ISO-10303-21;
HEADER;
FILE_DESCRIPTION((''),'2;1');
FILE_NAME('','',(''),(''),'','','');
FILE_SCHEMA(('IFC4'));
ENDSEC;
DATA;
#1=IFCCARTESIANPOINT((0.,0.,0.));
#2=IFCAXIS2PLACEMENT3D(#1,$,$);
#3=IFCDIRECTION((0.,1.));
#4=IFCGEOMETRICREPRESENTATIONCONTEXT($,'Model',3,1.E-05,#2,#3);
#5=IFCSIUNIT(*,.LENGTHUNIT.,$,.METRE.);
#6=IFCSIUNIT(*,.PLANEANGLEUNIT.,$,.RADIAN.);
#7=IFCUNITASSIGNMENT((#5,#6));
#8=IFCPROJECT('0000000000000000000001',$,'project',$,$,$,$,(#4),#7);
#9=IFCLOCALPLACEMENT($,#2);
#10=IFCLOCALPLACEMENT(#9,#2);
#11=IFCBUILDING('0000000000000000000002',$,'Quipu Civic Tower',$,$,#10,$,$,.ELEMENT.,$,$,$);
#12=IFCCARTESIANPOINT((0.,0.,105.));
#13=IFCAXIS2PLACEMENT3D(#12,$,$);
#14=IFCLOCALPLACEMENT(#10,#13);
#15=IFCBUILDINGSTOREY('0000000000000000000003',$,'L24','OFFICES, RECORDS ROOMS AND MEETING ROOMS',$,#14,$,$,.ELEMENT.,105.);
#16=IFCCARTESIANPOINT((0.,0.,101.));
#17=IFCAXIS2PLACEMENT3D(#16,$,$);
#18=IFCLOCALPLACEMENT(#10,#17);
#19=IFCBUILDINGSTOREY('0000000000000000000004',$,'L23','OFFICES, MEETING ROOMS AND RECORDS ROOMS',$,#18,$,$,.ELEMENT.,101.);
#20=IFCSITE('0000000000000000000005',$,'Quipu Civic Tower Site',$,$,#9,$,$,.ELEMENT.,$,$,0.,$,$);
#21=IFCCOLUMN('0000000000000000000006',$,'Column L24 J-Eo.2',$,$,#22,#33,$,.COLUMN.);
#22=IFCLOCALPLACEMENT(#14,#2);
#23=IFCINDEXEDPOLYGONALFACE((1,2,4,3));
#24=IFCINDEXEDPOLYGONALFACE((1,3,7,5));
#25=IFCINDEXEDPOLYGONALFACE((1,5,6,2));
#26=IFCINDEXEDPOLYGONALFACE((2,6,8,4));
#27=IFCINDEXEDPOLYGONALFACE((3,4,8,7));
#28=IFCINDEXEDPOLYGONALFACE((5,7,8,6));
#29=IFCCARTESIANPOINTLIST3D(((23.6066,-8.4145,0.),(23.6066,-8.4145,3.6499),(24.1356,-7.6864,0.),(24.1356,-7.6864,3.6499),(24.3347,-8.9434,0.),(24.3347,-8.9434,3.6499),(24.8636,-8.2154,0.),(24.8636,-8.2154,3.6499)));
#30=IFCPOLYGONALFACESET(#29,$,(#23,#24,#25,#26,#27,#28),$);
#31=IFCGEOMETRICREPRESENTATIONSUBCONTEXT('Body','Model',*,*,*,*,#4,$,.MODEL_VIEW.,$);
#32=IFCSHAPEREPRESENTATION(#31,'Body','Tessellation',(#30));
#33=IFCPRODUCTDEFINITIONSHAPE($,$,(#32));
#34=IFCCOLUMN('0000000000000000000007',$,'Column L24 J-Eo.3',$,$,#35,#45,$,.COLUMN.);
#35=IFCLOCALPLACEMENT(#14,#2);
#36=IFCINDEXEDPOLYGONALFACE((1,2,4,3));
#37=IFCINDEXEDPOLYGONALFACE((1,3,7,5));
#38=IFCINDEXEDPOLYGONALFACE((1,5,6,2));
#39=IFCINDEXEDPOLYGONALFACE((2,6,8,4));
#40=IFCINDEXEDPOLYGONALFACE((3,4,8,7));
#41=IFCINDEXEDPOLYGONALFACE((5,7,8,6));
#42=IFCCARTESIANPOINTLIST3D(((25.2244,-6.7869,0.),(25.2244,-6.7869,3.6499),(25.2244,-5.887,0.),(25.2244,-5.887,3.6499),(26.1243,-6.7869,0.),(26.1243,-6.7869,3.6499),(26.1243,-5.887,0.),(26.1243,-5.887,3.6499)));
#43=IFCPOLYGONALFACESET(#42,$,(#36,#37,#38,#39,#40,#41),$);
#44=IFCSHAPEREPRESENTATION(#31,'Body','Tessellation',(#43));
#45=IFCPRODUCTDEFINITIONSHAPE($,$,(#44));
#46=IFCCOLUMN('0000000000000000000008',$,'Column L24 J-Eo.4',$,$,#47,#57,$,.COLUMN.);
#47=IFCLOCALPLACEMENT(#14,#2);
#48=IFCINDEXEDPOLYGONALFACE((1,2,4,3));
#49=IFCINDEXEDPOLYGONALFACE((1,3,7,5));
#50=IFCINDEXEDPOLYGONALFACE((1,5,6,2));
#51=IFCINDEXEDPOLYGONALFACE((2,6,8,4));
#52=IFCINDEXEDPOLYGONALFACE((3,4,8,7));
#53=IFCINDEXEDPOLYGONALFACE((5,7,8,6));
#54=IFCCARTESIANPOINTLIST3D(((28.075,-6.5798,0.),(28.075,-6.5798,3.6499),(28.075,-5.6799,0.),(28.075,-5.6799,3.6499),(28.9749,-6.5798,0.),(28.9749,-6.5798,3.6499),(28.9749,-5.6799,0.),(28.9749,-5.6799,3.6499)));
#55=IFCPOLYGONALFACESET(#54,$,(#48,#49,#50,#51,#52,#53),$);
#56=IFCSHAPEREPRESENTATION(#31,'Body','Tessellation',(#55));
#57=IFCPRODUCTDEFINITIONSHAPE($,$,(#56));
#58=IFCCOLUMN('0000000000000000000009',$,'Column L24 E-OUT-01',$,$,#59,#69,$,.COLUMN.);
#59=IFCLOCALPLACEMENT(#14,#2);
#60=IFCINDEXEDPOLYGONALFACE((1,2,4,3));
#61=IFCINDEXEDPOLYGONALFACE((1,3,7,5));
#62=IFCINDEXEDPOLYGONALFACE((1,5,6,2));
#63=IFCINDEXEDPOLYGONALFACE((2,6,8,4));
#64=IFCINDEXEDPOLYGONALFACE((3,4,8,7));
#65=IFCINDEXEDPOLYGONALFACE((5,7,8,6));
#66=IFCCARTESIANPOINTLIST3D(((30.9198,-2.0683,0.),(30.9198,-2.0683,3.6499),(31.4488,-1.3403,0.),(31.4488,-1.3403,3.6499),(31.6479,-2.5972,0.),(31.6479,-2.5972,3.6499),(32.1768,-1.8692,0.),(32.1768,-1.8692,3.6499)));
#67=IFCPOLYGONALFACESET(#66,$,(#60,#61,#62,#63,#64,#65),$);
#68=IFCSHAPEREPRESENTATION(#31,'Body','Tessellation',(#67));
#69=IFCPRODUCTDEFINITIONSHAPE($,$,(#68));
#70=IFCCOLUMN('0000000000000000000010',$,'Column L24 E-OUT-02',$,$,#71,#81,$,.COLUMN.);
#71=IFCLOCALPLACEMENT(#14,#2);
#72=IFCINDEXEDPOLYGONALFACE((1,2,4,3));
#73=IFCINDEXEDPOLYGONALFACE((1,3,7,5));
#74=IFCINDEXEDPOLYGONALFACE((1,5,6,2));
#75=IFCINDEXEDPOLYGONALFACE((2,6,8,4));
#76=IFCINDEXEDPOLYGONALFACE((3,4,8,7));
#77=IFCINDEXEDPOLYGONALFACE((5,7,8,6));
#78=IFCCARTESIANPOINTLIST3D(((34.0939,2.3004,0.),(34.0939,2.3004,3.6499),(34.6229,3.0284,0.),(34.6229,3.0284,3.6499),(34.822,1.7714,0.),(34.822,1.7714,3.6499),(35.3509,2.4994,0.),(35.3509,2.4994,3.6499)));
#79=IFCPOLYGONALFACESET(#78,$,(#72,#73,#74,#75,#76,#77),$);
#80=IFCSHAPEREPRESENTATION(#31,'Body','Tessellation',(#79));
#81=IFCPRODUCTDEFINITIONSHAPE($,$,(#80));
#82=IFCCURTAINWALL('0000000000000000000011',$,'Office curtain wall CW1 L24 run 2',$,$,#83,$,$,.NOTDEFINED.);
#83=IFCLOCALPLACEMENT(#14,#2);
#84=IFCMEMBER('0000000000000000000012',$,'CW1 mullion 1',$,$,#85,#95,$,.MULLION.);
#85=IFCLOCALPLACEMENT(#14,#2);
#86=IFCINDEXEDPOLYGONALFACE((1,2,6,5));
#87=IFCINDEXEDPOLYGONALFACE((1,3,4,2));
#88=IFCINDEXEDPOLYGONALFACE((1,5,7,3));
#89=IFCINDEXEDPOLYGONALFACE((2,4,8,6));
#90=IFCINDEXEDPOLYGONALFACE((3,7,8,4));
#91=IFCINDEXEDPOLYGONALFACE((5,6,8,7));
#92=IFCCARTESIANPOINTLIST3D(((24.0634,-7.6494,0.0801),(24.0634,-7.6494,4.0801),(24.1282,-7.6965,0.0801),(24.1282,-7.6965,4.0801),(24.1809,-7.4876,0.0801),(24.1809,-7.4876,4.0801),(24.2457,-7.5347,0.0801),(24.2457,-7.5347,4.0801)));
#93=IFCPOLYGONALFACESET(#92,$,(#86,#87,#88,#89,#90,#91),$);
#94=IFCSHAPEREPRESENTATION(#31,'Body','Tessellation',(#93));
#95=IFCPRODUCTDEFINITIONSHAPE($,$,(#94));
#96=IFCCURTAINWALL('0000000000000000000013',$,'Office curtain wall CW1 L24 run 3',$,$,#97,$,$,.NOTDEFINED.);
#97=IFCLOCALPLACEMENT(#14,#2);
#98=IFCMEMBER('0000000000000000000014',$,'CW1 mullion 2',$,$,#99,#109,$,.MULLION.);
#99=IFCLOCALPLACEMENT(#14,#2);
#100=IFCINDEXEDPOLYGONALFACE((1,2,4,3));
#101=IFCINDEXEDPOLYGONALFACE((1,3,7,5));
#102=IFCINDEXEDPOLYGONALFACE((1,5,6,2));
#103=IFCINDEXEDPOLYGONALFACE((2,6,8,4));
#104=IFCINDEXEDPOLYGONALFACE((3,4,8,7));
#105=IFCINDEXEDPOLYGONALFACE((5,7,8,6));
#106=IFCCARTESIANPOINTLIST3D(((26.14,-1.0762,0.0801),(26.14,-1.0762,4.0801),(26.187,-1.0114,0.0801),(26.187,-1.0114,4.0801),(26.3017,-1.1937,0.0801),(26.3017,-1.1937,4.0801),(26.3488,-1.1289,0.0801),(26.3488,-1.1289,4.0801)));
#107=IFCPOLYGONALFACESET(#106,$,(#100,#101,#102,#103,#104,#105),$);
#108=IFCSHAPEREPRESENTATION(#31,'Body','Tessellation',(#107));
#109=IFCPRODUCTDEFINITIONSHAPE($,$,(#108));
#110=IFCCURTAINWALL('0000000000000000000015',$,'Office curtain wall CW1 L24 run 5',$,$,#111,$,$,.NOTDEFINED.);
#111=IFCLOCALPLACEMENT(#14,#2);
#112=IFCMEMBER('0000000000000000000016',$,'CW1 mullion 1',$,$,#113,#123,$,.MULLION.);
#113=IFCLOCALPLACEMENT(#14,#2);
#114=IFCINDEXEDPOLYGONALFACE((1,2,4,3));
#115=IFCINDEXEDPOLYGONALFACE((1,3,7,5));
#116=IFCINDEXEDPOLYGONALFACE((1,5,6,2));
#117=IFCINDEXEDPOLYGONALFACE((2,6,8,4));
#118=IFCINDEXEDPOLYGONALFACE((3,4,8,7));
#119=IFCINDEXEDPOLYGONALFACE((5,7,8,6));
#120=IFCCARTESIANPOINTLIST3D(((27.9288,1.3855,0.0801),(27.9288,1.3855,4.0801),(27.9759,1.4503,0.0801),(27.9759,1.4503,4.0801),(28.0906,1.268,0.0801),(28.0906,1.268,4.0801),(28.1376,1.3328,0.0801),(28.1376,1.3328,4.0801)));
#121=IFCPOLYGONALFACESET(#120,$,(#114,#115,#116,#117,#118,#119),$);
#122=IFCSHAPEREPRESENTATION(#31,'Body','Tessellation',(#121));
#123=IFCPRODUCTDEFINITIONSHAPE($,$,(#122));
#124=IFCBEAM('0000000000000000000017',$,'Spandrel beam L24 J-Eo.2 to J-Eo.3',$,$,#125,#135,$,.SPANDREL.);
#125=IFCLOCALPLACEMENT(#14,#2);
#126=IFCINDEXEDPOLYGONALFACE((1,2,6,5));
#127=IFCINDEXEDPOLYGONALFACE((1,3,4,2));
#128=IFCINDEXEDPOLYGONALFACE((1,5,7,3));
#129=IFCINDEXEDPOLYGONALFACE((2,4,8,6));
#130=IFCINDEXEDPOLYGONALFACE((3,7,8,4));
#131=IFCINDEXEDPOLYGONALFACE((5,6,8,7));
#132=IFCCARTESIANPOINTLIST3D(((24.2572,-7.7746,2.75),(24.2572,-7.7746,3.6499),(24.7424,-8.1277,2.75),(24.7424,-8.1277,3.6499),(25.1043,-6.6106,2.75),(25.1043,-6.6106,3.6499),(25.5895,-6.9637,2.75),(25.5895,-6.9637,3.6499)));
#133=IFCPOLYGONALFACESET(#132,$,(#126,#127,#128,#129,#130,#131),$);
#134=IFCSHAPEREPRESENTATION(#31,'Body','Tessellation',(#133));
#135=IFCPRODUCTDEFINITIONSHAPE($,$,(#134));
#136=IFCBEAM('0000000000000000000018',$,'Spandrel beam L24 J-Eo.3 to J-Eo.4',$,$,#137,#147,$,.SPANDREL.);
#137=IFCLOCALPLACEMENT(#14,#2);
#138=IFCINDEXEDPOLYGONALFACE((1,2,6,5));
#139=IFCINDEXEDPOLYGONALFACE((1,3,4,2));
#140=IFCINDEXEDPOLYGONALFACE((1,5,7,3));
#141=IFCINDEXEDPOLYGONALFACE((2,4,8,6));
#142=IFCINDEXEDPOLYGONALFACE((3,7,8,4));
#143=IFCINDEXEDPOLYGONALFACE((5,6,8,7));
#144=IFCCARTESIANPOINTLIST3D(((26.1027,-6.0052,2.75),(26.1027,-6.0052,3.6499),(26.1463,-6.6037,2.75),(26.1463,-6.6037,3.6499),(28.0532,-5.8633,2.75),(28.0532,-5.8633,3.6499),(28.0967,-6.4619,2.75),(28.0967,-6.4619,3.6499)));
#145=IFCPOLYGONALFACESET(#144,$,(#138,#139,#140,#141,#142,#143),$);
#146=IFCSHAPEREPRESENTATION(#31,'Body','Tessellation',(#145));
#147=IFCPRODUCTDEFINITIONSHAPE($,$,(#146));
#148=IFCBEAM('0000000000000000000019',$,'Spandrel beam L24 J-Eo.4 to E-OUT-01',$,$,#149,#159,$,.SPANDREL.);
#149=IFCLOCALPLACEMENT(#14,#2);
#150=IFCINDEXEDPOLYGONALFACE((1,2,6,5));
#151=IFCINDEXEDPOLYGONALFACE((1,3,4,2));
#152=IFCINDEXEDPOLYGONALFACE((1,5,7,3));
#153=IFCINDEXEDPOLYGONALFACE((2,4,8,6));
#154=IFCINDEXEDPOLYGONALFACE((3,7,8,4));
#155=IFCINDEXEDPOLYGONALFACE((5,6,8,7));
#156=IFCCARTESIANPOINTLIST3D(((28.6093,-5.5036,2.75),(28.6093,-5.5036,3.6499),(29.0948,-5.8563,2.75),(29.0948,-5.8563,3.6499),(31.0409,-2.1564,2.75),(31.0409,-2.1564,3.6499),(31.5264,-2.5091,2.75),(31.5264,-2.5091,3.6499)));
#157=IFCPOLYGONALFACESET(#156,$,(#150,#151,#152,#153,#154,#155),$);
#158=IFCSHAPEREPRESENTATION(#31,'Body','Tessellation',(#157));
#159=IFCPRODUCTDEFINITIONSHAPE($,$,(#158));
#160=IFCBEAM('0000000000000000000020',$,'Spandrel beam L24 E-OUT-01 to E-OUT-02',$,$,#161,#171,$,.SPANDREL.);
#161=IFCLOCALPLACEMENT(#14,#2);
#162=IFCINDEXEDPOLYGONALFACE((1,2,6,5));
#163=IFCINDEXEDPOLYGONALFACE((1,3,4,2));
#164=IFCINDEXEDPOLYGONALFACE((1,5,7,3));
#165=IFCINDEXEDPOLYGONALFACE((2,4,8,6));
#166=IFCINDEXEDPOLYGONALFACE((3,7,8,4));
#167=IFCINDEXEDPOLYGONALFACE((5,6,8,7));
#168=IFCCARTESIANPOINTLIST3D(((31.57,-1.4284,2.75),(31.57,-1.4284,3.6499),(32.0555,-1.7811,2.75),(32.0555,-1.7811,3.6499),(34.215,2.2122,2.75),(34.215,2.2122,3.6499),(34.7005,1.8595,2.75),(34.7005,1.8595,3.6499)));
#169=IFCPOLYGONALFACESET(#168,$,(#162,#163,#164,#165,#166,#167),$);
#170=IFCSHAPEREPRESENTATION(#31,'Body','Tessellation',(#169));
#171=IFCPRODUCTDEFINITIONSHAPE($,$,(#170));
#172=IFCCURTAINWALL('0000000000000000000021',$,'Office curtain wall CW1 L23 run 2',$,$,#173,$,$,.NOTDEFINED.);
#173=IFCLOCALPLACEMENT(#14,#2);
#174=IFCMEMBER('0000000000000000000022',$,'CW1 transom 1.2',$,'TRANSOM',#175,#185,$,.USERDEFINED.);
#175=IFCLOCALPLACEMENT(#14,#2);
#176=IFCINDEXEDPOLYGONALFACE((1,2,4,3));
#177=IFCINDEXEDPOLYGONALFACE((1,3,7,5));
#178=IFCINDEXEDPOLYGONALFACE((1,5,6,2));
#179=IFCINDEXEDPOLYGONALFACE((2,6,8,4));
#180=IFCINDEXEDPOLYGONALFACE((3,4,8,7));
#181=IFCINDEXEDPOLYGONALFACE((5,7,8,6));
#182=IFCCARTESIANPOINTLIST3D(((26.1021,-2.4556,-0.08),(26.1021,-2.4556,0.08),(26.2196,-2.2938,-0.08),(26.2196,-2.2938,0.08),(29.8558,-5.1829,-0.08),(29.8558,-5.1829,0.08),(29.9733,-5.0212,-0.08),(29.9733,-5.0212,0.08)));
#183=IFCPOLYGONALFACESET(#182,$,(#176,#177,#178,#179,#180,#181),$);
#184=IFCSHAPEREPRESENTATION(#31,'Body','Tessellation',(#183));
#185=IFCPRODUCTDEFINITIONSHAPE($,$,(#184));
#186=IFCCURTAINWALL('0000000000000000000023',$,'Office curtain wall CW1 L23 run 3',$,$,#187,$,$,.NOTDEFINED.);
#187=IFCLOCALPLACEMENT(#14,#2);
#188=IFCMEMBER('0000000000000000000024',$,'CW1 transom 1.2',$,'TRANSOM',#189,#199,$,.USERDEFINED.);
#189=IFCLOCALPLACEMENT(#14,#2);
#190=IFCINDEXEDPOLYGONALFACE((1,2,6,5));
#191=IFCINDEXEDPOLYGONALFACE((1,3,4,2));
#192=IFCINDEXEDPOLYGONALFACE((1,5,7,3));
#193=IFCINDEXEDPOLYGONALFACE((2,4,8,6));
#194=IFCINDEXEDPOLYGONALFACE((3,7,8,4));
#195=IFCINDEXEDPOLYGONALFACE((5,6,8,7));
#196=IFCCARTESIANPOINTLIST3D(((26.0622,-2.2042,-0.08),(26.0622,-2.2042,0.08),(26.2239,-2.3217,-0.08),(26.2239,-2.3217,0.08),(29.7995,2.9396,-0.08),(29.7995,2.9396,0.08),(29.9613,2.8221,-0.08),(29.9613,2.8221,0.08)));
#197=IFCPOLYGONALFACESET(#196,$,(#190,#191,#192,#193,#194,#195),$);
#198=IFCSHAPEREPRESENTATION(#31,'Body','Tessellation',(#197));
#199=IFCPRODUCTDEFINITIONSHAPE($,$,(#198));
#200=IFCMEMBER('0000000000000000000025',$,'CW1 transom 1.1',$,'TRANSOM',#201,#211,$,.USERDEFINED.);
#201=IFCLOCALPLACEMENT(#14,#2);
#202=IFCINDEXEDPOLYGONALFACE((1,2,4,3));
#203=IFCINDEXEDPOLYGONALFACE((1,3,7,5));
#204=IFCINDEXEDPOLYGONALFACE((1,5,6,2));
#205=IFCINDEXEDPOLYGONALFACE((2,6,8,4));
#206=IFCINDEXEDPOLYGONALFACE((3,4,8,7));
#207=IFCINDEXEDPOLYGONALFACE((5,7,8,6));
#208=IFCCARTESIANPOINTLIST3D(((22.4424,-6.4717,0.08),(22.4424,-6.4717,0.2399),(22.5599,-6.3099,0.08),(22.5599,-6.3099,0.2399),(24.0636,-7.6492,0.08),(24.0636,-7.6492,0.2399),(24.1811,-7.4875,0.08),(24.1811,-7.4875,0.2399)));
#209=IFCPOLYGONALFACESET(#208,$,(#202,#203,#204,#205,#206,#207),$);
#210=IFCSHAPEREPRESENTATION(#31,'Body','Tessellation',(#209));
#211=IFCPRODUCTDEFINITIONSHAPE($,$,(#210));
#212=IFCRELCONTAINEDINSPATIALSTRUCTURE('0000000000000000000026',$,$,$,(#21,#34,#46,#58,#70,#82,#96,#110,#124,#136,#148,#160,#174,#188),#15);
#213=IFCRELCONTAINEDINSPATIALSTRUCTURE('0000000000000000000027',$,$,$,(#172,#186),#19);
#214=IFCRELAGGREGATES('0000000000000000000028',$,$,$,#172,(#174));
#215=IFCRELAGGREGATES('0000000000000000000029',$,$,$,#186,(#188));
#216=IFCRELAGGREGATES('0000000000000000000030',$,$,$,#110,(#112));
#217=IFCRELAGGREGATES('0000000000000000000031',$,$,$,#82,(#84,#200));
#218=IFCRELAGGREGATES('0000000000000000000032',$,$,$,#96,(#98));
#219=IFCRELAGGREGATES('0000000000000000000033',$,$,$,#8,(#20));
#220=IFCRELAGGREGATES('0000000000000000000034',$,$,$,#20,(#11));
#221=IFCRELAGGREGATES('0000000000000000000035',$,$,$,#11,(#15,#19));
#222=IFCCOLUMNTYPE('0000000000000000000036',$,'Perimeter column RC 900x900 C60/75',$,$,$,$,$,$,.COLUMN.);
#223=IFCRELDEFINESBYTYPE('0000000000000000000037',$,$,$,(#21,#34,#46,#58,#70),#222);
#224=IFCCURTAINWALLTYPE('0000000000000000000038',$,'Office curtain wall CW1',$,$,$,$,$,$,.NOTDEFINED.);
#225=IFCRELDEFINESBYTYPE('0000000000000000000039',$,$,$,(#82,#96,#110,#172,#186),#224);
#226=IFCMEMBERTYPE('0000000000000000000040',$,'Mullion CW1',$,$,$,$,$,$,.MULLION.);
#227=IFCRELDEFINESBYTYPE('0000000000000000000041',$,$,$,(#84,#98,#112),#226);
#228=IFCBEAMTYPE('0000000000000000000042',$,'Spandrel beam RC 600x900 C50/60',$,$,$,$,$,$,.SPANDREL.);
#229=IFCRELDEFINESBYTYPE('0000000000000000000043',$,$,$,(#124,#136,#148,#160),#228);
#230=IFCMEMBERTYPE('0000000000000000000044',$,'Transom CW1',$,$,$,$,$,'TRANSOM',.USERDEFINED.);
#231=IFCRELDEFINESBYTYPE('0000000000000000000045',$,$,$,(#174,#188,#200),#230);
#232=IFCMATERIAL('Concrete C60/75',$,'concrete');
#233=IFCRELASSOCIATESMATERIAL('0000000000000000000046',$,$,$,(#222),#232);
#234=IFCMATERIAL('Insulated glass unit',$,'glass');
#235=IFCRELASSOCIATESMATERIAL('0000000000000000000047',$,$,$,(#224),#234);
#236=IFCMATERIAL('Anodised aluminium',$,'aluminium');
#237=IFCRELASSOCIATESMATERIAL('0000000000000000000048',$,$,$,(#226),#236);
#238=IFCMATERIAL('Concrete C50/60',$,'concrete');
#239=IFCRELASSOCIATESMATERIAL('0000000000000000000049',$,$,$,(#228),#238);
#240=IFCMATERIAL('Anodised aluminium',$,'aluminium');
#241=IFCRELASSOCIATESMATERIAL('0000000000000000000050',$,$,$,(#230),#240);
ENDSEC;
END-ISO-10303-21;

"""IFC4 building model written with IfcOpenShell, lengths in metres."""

from ifc_helpers import new_model, si_unit, direction, frame, origin, origin_2d, place, context, subcontext, project, spatial, rectangle, extrude, material, material_profile, profile_set, type_object, element, aggregate, save


model = new_model("IFC4")

# Units and contexts
model_context = context("Model", 3, precision=1e-05, world=origin(), true_north=direction((0.0, 1.0)))
body_context = subcontext(model_context, "Body", "Model", "MODEL_VIEW")
ifc_project = project(units=[si_unit("LENGTHUNIT", "METRE"), si_unit("PLANEANGLEUNIT", "RADIAN")], contexts=[model_context])

# Site, building, storey
site_placement = place(None, origin())
site = spatial("IfcSite", under=ifc_project, at=site_placement, Name="Quipu Civic Tower Site", CompositionType="ELEMENT", RefElevation=0.0)
building_placement = place(site_placement, origin())
building = spatial("IfcBuilding", under=site, at=building_placement, Name="Quipu Civic Tower", CompositionType="ELEMENT")
storey_1_placement = place(building_placement, frame((0.0, 0.0, 105.0)))
storey_1 = spatial("IfcBuildingStorey", under=building, at=storey_1_placement, Name="L24", Description="OFFICES, RECORDS ROOMS AND MEETING ROOMS", CompositionType="ELEMENT", Elevation=105.0)

# Columns
ifc_material_1 = material(Name="Concrete C60/75", Category="concrete")
ifc_material_profile_1 = material_profile(ifc_material_1, rectangle(XDim=0.8999, YDim=0.8999, at=origin_2d()), Name="RC900x900")
ifc_profile_set_1 = profile_set([ifc_material_profile_1], Name="Concrete C60/75")
column_type = type_object("IfcColumnType", Name="Perimeter column RC 900x900 C60/75", PredefinedType="COLUMN", material=ifc_profile_set_1)
for number, where, z_axis, x_axis, name in (
    (1, (24.2351, -8.3149, 0.0), (0.0, 0.0, 1.0), (0.587785, 0.809017, 0.0), "Column L24 J-Eo.2"),
    (2, (25.6743, -6.3369, 0.0), (0.0, 0.0, 1.0), (1.0, 0.0, 0.0), "Column L24 J-Eo.3"),
    (3, (28.5249, -6.1299, 0.0), (0.0, 0.0, 1.0), (1.0, 0.0, 0.0), "Column L24 J-Eo.4"),
    (4, (31.5483, -1.9688, 0.0), (0.0, 0.0, 1.0), (0.587785, 0.809017, 0.0), "Column L24 E-OUT-01"),
    (5, (34.7224, 2.3999, 0.0), (0.0, 0.0, 1.0), (0.587785, 0.809017, 0.0), "Column L24 E-OUT-02"),
):
    element("IfcColumn", number, at=place(storey_1_placement, frame(where, z_axis=z_axis, x_axis=x_axis)), inside=storey_1, type_object=column_type, Name=name, PredefinedType="COLUMN", context=body_context, shape_type="SweptSolid", body=[
        extrude(rectangle(XDim=0.8999, YDim=0.8999, at=origin_2d()), origin(), (0.0, 0.0, 1.0), 3.6499),
    ])

# Curtain walls, members
ifc_material_2 = material(Name="Insulated glass unit", Category="glass")
curtain_wall_type = type_object("IfcCurtainWallType", Name="Office curtain wall CW1", PredefinedType="NOTDEFINED", material=ifc_material_2)
curtain_wall_1_placement = place(storey_1_placement, origin())
curtain_wall_1 = element("IfcCurtainWall", 6, at=curtain_wall_1_placement, inside=storey_1, type_object=curtain_wall_type, Name="Office curtain wall CW1 L24 run 2", PredefinedType="NOTDEFINED")
ifc_material_3 = material(Name="Anodised aluminium", Category="aluminium")
ifc_material_profile_2 = material_profile(ifc_material_3, rectangle(XDim=0.2, YDim=0.0801, at=origin_2d()), Name="RECT 200x80")
ifc_profile_set_2 = profile_set([ifc_material_profile_2], Name="Anodised aluminium")
member_type_1 = type_object("IfcMemberType", Name="Mullion CW1", PredefinedType="MULLION", material=ifc_profile_set_2)
member_1_placement = place(storey_1_placement, frame((24.1545, -7.592, 0.0801), z_axis=(0.0, 0.0, 1.0), x_axis=(-0.587773, -0.809026, 0.0)))
member_1 = element("IfcMember", 7, at=member_1_placement, type_object=member_type_1, Name="CW1 mullion 1", PredefinedType="MULLION", context=body_context, shape_type="SweptSolid", body=[
    extrude(rectangle(XDim=0.2, YDim=0.0801, at=origin_2d()), origin(), (0.0, 0.0, 1.0), 4.0),
])
curtain_wall_2_placement = place(storey_1_placement, origin())
curtain_wall_2 = element("IfcCurtainWall", 8, at=curtain_wall_2_placement, inside=storey_1, type_object=curtain_wall_type, Name="Office curtain wall CW1 L24 run 3", PredefinedType="NOTDEFINED")
member_2_placement = place(storey_1_placement, frame((26.2444, -1.1025, 0.0801), z_axis=(0.0, 0.0, 1.0), x_axis=(-0.809019, 0.587783, 0.0)))
member_2 = element("IfcMember", 9, at=member_2_placement, type_object=member_type_1, Name="CW1 mullion 2", PredefinedType="MULLION", context=body_context, shape_type="SweptSolid", body=[
    extrude(rectangle(XDim=0.2, YDim=0.0801, at=origin_2d()), origin(), (0.0, 0.0, 1.0), 4.0),
])
curtain_wall_3_placement = place(storey_1_placement, origin())
curtain_wall_3 = element("IfcCurtainWall", 10, at=curtain_wall_3_placement, inside=storey_1, type_object=curtain_wall_type, Name="Office curtain wall CW1 L24 run 5", PredefinedType="NOTDEFINED")
member_3_placement = place(storey_1_placement, frame((28.0332, 1.3591, 0.0801), z_axis=(0.0, 0.0, 1.0), x_axis=(-0.809022, 0.587778, 0.0)))
member_3 = element("IfcMember", 11, at=member_3_placement, type_object=member_type_1, Name="CW1 mullion 1", PredefinedType="MULLION", context=body_context, shape_type="SweptSolid", body=[
    extrude(rectangle(XDim=0.2, YDim=0.0801, at=origin_2d()), origin(), (0.0, 0.0, 1.0), 4.0),
])

# Beams
ifc_material_4 = material(Name="Concrete C50/60", Category="concrete")
ifc_material_profile_3 = material_profile(ifc_material_4, rectangle(XDim=0.6001, YDim=0.8999, at=origin_2d()), Name="RC600x900")
ifc_profile_set_3 = profile_set([ifc_material_profile_3], Name="Concrete C50/60")
beam_type = type_object("IfcBeamType", Name="Spandrel beam RC 600x900 C50/60", PredefinedType="SPANDREL", material=ifc_profile_set_3)
beam_1_placement = place(storey_1_placement, frame((24.4998, -7.9512, 3.2), z_axis=(0.588434, 0.808545, 0.0), x_axis=(-0.808545, 0.588434, 0.0)))
element("IfcBeam", 12, at=beam_1_placement, inside=storey_1, type_object=beam_type, Name="Spandrel beam L24 J-Eo.2 to J-Eo.3", PredefinedType="SPANDREL", context=body_context, shape_type="SweptSolid", body=[
    extrude(rectangle(XDim=0.6001, YDim=0.8999, at=origin_2d()), origin(), (0.0, 0.0, 1.0), 1.4397),
])
beam_2_placement = place(storey_1_placement, frame((26.1245, -6.3044, 3.2), z_axis=(0.997366, 0.072533, 0.0), x_axis=(-0.072533, 0.997366, 0.0)))
element("IfcBeam", 13, at=beam_2_placement, inside=storey_1, type_object=beam_type, Name="Spandrel beam L24 J-Eo.3 to J-Eo.4", PredefinedType="SPANDREL", context=body_context, shape_type="SweptSolid", body=[
    extrude(rectangle(XDim=0.6001, YDim=0.8999, at=origin_2d()), origin(), (0.0, 0.0, 1.0), 1.9556),
])
beam_3_placement = place(storey_1_placement, frame((28.8521, -5.6799, 3.2), z_axis=(0.587751, 0.809042, 0.0), x_axis=(-0.809042, 0.587751, 0.0)))
element("IfcBeam", 14, at=beam_3_placement, inside=storey_1, type_object=beam_type, Name="Spandrel beam L24 J-Eo.4 to E-OUT-01", PredefinedType="SPANDREL", context=body_context, shape_type="SweptSolid", body=[
    extrude(rectangle(XDim=0.6001, YDim=0.8999, at=origin_2d()), origin(), (0.0, 0.0, 1.0), 4.1372),
])
beam_4_placement = place(storey_1_placement, frame((31.8127, -1.6047, 3.2), z_axis=(0.587778, 0.809022, 0.0), x_axis=(-0.809022, 0.587778, 0.0)))
element("IfcBeam", 15, at=beam_4_placement, inside=storey_1, type_object=beam_type, Name="Spandrel beam L24 E-OUT-01 to E-OUT-02", PredefinedType="SPANDREL", context=body_context, shape_type="SweptSolid", body=[
    extrude(rectangle(XDim=0.6001, YDim=0.8999, at=origin_2d()), origin(), (0.0, 0.0, 1.0), 4.5),
])

# Shared definitions
storey_2_placement = place(building_placement, frame((0.0, 0.0, 101.0)))
storey_2 = spatial("IfcBuildingStorey", under=building, at=storey_2_placement, Name="L23", Description="OFFICES, MEETING ROOMS AND RECORDS ROOMS", CompositionType="ELEMENT", Elevation=101.0)

# Curtain walls, members
curtain_wall_4_placement = place(storey_2_placement, origin())
curtain_wall_4 = element("IfcCurtainWall", 16, at=curtain_wall_4_placement, inside=storey_2, type_object=curtain_wall_type, Name="Office curtain wall CW1 L23 run 2", PredefinedType="NOTDEFINED")
ifc_material_5 = material(Name="Anodised aluminium", Category="aluminium")
ifc_material_profile_4 = material_profile(ifc_material_5, rectangle(XDim=0.2, YDim=0.1599, at=origin_2d()), Name="RECT 200x160")
ifc_profile_set_4 = profile_set([ifc_material_profile_4], Name="Anodised aluminium")
member_type_2 = type_object("IfcMemberType", Name="Transom CW1", ElementType="TRANSOM", PredefinedType="USERDEFINED", material=ifc_profile_set_4)
member_4_placement = place(storey_1_placement, frame((29.9146, -5.1021, 0.0), z_axis=(-0.809007, 0.587799, 0.0), x_axis=(-0.587799, -0.809007, 0.0)))
member_4 = element("IfcMember", 17, at=member_4_placement, inside=storey_1, type_object=member_type_2, Name="CW1 transom 1.2", ObjectType="TRANSOM", PredefinedType="USERDEFINED", context=body_context, shape_type="SweptSolid", body=[
    extrude(rectangle(XDim=0.2, YDim=0.1599, at=origin_2d()), origin(), (0.0, 0.0, 1.0), 4.6399),
])
aggregate(curtain_wall_4, [member_4])
curtain_wall_5_placement = place(storey_2_placement, origin())
curtain_wall_5 = element("IfcCurtainWall", 18, at=curtain_wall_5_placement, inside=storey_2, type_object=curtain_wall_type, Name="Office curtain wall CW1 L23 run 3", PredefinedType="NOTDEFINED")
member_5_placement = place(storey_1_placement, frame((26.1431, -2.2629, 0.0), z_axis=(0.587797, 0.809008, 0.0), x_axis=(-0.809008, 0.587797, 0.0)))
member_5 = element("IfcMember", 19, at=member_5_placement, inside=storey_1, type_object=member_type_2, Name="CW1 transom 1.2", ObjectType="TRANSOM", PredefinedType="USERDEFINED", context=body_context, shape_type="SweptSolid", body=[
    extrude(rectangle(XDim=0.2, YDim=0.1599, at=origin_2d()), origin(), (0.0, 0.0, 1.0), 6.3582),
])
aggregate(curtain_wall_5, [member_5])

# Member
member_6_placement = place(storey_1_placement, frame((24.1223, -7.5684, 0.1599), z_axis=(-0.809089, 0.587686, 0.0), x_axis=(-0.587686, -0.809089, 0.0)))
member_6 = element("IfcMember", 20, at=member_6_placement, type_object=member_type_2, Name="CW1 transom 1.1", ObjectType="TRANSOM", PredefinedType="USERDEFINED", context=body_context, shape_type="SweptSolid", body=[
    extrude(rectangle(XDim=0.2, YDim=0.1599, at=origin_2d()), origin(), (0.0, 0.0, 1.0), 2.0037),
])
aggregate(curtain_wall_3, [member_3])

aggregate(curtain_wall_1, [member_1, member_6])
aggregate(curtain_wall_2, [member_2])

save(model, "model.ifc")
